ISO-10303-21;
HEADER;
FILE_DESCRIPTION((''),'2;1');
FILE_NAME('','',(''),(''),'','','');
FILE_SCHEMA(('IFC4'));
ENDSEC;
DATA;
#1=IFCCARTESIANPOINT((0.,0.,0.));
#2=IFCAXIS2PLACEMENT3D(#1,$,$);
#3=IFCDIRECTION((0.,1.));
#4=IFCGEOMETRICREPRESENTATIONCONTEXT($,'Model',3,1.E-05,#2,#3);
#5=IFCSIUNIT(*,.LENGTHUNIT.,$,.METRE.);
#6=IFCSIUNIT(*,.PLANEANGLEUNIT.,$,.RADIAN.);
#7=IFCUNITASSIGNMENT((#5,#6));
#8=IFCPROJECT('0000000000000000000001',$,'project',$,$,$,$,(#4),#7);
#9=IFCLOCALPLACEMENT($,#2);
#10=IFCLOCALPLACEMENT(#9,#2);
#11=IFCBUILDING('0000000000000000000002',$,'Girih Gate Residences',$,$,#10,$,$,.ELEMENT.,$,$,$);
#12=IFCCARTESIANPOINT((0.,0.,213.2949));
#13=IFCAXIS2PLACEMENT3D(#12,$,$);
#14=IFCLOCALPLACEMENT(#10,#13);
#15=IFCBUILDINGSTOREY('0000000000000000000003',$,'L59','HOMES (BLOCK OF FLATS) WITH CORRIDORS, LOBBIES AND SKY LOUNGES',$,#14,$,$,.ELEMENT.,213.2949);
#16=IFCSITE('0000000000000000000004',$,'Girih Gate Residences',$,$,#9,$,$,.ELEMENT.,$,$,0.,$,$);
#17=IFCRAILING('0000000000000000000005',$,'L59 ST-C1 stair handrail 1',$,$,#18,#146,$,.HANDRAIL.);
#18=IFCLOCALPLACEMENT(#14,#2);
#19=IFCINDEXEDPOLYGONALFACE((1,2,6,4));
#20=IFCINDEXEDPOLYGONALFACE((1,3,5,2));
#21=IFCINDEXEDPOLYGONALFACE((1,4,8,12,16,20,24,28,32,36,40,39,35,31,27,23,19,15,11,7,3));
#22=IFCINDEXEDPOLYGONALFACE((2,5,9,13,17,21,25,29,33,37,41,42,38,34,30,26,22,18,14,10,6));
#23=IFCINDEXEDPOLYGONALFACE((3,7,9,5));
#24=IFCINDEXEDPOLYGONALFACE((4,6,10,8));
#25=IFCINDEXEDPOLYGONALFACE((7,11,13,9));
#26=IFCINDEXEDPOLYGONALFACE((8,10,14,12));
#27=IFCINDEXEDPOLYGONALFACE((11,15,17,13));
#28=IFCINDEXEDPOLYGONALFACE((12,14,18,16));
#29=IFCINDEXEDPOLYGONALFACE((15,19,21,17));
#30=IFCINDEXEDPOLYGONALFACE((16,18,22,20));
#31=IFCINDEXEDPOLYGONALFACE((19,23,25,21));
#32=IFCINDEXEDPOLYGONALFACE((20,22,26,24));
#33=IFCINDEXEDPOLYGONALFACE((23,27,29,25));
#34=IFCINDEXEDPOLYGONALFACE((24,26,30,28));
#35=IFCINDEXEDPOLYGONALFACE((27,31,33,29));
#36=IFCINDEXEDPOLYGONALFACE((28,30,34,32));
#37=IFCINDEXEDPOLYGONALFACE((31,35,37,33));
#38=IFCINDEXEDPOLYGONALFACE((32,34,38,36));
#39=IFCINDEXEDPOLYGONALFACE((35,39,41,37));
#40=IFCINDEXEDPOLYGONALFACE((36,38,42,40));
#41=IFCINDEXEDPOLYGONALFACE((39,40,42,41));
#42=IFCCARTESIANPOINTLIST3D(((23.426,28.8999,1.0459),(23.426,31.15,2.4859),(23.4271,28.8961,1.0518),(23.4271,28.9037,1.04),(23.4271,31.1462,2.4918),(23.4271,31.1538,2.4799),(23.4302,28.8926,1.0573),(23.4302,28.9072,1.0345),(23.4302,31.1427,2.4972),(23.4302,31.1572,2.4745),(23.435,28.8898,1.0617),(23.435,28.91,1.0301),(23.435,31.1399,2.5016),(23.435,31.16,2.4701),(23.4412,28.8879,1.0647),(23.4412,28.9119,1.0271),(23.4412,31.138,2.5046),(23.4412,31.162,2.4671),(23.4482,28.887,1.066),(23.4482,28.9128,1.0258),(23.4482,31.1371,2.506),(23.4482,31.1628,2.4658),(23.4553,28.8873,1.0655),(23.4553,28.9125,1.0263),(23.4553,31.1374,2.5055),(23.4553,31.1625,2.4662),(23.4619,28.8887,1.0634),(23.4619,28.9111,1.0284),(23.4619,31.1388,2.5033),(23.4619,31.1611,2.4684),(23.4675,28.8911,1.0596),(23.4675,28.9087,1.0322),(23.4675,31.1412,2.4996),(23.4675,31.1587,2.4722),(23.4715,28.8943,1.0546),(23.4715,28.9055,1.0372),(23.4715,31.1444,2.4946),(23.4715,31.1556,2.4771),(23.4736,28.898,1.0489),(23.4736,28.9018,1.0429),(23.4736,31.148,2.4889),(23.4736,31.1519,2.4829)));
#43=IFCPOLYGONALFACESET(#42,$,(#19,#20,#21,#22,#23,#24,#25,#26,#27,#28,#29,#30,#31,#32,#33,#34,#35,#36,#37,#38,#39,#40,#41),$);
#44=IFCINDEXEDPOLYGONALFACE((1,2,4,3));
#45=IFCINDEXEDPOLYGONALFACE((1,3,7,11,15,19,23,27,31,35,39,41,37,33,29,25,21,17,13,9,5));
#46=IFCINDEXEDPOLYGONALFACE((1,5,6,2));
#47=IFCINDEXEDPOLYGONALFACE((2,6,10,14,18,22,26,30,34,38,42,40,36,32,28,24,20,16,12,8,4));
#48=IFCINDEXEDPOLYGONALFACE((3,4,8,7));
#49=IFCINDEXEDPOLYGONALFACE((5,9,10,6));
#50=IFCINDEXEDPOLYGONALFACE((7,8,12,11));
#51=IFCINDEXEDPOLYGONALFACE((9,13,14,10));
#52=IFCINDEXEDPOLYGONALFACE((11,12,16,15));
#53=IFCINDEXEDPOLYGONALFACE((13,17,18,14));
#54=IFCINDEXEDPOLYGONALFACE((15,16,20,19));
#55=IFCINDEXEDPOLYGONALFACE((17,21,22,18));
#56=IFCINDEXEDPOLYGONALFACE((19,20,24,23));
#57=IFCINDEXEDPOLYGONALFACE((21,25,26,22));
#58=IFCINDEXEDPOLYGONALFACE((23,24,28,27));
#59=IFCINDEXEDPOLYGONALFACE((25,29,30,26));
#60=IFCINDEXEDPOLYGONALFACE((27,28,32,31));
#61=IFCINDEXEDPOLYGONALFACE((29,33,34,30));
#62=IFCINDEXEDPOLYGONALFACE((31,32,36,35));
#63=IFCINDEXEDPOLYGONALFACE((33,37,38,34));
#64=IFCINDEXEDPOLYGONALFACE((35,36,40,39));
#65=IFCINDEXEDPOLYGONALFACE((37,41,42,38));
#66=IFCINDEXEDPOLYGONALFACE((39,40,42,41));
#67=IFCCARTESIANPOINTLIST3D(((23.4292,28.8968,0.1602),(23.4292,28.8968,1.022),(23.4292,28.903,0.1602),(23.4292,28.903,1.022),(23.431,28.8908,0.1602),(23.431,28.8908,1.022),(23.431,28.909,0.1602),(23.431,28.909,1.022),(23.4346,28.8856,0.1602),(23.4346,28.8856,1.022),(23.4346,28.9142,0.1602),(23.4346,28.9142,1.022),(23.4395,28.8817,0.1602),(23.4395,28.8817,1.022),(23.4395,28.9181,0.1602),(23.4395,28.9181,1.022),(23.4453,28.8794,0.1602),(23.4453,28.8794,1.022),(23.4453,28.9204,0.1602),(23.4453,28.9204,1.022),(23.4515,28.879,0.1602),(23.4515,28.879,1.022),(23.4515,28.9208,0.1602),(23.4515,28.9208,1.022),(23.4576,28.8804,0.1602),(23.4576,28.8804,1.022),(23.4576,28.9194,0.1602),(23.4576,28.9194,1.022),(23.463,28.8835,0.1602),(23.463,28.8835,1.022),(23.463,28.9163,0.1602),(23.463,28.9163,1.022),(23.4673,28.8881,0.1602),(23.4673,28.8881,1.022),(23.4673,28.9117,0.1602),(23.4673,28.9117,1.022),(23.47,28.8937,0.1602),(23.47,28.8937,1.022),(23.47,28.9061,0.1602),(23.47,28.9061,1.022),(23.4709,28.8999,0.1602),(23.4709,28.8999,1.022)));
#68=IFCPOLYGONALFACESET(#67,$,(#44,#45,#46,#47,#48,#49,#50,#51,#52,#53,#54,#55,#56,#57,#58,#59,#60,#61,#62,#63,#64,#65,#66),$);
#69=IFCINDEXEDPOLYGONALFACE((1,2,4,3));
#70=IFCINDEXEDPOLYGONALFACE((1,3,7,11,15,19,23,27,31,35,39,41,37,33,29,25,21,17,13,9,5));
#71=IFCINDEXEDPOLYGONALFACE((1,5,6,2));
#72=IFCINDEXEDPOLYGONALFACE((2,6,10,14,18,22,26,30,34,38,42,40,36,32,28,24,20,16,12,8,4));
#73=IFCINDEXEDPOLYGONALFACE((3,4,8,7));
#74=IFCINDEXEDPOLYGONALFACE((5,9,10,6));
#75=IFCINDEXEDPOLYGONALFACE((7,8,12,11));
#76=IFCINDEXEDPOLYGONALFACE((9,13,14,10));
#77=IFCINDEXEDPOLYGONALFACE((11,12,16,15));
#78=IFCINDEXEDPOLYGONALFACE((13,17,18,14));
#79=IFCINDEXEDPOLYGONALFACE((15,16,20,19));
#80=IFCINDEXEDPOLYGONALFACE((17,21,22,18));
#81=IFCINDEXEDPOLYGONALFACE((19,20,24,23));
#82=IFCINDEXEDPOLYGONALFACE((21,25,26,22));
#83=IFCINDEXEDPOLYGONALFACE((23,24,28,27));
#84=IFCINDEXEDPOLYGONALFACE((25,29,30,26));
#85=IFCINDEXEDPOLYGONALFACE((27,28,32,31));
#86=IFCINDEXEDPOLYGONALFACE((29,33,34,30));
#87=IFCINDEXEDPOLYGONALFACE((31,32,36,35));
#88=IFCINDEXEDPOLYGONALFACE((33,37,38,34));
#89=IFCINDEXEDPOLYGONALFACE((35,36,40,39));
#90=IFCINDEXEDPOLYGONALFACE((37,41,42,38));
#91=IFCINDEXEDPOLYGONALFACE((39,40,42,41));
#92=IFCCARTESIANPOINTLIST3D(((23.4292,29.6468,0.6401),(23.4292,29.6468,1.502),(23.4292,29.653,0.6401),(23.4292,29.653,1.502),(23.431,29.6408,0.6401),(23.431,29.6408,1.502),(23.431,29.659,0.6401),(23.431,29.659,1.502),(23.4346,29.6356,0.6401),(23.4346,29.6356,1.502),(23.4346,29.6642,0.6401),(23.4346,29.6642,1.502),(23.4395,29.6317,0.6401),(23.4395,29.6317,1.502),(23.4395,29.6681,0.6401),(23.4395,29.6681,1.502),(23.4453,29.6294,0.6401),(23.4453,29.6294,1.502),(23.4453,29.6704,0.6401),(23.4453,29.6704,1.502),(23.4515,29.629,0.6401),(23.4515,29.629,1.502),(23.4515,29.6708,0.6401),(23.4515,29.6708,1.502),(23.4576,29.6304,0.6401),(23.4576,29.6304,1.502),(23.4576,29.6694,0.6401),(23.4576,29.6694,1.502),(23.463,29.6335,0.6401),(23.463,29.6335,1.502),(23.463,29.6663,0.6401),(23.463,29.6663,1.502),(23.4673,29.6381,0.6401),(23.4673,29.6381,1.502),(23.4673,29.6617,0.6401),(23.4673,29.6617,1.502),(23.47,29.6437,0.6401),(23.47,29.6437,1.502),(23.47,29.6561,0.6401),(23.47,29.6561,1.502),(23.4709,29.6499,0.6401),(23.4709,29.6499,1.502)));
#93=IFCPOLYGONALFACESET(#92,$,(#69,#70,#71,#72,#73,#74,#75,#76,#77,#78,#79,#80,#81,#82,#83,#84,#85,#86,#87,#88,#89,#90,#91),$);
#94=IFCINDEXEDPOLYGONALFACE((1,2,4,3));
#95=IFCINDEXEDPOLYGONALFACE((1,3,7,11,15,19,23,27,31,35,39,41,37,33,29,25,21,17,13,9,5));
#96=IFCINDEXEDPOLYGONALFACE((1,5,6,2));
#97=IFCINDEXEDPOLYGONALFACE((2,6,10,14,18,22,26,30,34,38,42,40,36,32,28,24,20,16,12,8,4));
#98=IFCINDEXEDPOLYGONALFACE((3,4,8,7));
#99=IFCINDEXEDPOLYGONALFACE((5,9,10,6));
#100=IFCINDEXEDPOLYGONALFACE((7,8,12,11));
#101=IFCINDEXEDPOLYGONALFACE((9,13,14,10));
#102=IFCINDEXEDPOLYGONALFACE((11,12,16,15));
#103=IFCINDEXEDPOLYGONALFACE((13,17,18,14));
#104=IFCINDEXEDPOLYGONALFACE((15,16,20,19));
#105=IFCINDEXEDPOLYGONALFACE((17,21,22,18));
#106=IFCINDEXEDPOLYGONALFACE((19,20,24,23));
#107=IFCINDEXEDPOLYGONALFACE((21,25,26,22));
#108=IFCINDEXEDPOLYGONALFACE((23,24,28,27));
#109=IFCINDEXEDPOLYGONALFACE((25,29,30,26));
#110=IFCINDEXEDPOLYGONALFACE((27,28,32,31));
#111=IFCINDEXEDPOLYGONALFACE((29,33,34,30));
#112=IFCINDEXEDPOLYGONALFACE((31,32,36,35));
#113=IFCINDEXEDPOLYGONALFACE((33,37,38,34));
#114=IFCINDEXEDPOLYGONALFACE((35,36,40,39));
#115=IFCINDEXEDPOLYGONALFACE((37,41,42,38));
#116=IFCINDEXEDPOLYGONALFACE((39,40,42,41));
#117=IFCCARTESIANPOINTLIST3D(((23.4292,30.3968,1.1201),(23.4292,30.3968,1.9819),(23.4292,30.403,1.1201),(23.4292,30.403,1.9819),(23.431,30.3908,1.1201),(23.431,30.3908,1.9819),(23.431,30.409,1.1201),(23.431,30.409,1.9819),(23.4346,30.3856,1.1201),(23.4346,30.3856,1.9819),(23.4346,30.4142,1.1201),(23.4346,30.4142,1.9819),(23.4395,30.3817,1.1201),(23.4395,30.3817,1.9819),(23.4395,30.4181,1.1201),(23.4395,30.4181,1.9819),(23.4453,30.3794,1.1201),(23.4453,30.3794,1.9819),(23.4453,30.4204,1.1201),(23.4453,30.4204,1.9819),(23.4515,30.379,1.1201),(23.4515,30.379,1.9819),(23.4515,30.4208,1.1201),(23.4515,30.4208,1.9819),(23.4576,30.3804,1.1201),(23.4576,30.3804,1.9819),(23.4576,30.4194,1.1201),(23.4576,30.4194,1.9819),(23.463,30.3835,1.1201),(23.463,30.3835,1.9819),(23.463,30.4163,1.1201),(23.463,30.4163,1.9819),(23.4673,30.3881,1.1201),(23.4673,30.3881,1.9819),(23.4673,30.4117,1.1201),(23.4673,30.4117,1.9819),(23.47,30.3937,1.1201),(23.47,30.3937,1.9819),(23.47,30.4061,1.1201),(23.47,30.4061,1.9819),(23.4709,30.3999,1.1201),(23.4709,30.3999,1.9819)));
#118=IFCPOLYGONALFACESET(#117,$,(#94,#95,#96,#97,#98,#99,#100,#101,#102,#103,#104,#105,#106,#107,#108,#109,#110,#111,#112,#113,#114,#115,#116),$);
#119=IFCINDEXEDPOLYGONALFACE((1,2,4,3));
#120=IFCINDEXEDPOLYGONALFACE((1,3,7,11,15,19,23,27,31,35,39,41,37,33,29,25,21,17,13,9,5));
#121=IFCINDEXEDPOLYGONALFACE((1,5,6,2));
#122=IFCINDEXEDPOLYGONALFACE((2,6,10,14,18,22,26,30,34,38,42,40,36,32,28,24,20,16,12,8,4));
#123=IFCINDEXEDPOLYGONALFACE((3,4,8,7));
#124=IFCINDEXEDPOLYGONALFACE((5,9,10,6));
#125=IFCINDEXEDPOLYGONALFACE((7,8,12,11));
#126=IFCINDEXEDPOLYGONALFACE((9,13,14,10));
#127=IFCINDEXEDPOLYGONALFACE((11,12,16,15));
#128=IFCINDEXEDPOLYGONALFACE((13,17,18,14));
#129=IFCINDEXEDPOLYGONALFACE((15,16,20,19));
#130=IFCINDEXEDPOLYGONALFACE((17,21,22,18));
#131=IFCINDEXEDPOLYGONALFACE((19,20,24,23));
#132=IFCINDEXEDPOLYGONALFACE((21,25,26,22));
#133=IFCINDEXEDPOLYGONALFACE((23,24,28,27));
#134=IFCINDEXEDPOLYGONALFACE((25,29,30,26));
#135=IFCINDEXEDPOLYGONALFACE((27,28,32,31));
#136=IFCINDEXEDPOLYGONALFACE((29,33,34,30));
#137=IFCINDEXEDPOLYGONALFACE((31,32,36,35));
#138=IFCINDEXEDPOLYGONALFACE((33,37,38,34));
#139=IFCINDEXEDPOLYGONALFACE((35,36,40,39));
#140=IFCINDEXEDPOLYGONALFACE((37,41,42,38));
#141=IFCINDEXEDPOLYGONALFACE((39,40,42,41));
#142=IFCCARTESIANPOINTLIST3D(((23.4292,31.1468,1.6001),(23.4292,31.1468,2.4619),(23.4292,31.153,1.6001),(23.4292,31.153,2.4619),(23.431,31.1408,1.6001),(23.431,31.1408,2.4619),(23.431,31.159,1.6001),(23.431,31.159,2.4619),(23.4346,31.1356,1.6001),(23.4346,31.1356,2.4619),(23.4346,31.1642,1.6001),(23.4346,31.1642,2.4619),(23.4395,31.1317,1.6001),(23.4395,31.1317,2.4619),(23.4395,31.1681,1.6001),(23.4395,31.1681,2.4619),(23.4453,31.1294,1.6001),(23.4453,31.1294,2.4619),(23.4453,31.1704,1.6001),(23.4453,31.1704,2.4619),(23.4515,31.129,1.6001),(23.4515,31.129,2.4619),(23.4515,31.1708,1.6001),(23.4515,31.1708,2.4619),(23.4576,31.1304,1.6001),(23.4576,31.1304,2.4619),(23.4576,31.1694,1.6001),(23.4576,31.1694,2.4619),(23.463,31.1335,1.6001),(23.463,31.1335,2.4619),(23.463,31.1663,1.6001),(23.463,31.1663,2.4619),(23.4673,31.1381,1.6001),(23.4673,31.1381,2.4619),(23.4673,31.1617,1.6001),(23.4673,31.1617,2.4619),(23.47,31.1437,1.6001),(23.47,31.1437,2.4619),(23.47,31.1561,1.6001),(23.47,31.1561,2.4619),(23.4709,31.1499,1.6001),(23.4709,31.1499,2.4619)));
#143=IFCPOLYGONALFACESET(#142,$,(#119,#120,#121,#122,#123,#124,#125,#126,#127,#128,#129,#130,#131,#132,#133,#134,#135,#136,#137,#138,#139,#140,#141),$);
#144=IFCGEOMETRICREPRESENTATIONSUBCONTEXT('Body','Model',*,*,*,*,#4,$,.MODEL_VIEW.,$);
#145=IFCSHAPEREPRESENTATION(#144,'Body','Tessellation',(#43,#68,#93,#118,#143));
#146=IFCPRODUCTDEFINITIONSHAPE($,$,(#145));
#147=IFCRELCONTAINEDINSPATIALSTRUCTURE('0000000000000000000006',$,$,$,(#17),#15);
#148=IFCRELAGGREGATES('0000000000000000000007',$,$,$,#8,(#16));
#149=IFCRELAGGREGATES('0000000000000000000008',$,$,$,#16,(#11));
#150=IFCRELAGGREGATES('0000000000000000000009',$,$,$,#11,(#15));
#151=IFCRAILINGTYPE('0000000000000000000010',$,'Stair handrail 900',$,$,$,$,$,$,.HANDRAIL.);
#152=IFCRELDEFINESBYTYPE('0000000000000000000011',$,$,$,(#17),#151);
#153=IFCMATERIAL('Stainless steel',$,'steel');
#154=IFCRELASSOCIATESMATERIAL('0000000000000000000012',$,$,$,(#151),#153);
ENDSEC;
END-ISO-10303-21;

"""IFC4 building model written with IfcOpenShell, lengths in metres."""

from ifc_helpers import new_model, si_unit, direction, frame, origin, origin_2d, place, context, subcontext, project, spatial, circle, extrude, material, type_object, element, save


model = new_model("IFC4")

# Units and contexts
model_context = context("Model", 3, precision=1e-05, world=origin(), true_north=direction((0.0, 1.0)))
body_context = subcontext(model_context, "Body", "Model", "MODEL_VIEW")
ifc_project = project(units=[si_unit("LENGTHUNIT", "METRE"), si_unit("PLANEANGLEUNIT", "RADIAN")], contexts=[model_context])

# Site, building, storey
site_placement = place(None, origin())
site = spatial("IfcSite", under=ifc_project, at=site_placement, Name="Girih Gate Residences", CompositionType="ELEMENT", RefElevation=0.0)
building_placement = place(site_placement, origin())
building = spatial("IfcBuilding", under=site, at=building_placement, Name="Girih Gate Residences", CompositionType="ELEMENT")
storey_placement = place(building_placement, frame((0.0, 0.0, 213.2949)))
storey = spatial("IfcBuildingStorey", under=building, at=storey_placement, Name="L59", Description="HOMES (BLOCK OF FLATS) WITH CORRIDORS, LOBBIES AND SKY LOUNGES", CompositionType="ELEMENT", Elevation=213.2949)

# Railing
ifc_material_1 = material(Name="Stainless steel", Category="steel")
railing_type_1 = type_object("IfcRailingType", Name="Stair handrail 900", PredefinedType="HANDRAIL", material=ifc_material_1)
for number, where, name in (
    (1, (23.45, 28.8999, 0.1602), "L59 ST-C1 stair handrail 1"),
):
    element("IfcRailing", number, at=place(storey_placement, frame(where)), inside=storey, type_object=railing_type_1, Name=name, PredefinedType="HANDRAIL", context=body_context, shape_type="SweptSolid", body=[
        extrude(circle(Radius=0.0239, at=origin_2d()), frame((0.0, 0.0, 0.8857), z_axis=(0.0, 0.842281, 0.539038), x_axis=(-1.0, 0.0, 0.0)), (0.0, 0.0, 1.0), 2.6714),
        extrude(circle(Radius=0.021, at=origin_2d()), origin(), (0.0, 0.0, 1.0), 0.8618),
        extrude(circle(Radius=0.021, at=origin_2d()), frame((0.0, 0.75, 0.48)), (0.0, 0.0, 1.0), 0.8618),
        extrude(circle(Radius=0.021, at=origin_2d()), frame((0.0, 1.5, 0.96)), (0.0, 0.0, 1.0), 0.8618),
        extrude(circle(Radius=0.021, at=origin_2d()), frame((0.0, 2.25, 1.4399)), (0.0, 0.0, 1.0), 0.8618),
    ])

save(model, "model.ifc")
